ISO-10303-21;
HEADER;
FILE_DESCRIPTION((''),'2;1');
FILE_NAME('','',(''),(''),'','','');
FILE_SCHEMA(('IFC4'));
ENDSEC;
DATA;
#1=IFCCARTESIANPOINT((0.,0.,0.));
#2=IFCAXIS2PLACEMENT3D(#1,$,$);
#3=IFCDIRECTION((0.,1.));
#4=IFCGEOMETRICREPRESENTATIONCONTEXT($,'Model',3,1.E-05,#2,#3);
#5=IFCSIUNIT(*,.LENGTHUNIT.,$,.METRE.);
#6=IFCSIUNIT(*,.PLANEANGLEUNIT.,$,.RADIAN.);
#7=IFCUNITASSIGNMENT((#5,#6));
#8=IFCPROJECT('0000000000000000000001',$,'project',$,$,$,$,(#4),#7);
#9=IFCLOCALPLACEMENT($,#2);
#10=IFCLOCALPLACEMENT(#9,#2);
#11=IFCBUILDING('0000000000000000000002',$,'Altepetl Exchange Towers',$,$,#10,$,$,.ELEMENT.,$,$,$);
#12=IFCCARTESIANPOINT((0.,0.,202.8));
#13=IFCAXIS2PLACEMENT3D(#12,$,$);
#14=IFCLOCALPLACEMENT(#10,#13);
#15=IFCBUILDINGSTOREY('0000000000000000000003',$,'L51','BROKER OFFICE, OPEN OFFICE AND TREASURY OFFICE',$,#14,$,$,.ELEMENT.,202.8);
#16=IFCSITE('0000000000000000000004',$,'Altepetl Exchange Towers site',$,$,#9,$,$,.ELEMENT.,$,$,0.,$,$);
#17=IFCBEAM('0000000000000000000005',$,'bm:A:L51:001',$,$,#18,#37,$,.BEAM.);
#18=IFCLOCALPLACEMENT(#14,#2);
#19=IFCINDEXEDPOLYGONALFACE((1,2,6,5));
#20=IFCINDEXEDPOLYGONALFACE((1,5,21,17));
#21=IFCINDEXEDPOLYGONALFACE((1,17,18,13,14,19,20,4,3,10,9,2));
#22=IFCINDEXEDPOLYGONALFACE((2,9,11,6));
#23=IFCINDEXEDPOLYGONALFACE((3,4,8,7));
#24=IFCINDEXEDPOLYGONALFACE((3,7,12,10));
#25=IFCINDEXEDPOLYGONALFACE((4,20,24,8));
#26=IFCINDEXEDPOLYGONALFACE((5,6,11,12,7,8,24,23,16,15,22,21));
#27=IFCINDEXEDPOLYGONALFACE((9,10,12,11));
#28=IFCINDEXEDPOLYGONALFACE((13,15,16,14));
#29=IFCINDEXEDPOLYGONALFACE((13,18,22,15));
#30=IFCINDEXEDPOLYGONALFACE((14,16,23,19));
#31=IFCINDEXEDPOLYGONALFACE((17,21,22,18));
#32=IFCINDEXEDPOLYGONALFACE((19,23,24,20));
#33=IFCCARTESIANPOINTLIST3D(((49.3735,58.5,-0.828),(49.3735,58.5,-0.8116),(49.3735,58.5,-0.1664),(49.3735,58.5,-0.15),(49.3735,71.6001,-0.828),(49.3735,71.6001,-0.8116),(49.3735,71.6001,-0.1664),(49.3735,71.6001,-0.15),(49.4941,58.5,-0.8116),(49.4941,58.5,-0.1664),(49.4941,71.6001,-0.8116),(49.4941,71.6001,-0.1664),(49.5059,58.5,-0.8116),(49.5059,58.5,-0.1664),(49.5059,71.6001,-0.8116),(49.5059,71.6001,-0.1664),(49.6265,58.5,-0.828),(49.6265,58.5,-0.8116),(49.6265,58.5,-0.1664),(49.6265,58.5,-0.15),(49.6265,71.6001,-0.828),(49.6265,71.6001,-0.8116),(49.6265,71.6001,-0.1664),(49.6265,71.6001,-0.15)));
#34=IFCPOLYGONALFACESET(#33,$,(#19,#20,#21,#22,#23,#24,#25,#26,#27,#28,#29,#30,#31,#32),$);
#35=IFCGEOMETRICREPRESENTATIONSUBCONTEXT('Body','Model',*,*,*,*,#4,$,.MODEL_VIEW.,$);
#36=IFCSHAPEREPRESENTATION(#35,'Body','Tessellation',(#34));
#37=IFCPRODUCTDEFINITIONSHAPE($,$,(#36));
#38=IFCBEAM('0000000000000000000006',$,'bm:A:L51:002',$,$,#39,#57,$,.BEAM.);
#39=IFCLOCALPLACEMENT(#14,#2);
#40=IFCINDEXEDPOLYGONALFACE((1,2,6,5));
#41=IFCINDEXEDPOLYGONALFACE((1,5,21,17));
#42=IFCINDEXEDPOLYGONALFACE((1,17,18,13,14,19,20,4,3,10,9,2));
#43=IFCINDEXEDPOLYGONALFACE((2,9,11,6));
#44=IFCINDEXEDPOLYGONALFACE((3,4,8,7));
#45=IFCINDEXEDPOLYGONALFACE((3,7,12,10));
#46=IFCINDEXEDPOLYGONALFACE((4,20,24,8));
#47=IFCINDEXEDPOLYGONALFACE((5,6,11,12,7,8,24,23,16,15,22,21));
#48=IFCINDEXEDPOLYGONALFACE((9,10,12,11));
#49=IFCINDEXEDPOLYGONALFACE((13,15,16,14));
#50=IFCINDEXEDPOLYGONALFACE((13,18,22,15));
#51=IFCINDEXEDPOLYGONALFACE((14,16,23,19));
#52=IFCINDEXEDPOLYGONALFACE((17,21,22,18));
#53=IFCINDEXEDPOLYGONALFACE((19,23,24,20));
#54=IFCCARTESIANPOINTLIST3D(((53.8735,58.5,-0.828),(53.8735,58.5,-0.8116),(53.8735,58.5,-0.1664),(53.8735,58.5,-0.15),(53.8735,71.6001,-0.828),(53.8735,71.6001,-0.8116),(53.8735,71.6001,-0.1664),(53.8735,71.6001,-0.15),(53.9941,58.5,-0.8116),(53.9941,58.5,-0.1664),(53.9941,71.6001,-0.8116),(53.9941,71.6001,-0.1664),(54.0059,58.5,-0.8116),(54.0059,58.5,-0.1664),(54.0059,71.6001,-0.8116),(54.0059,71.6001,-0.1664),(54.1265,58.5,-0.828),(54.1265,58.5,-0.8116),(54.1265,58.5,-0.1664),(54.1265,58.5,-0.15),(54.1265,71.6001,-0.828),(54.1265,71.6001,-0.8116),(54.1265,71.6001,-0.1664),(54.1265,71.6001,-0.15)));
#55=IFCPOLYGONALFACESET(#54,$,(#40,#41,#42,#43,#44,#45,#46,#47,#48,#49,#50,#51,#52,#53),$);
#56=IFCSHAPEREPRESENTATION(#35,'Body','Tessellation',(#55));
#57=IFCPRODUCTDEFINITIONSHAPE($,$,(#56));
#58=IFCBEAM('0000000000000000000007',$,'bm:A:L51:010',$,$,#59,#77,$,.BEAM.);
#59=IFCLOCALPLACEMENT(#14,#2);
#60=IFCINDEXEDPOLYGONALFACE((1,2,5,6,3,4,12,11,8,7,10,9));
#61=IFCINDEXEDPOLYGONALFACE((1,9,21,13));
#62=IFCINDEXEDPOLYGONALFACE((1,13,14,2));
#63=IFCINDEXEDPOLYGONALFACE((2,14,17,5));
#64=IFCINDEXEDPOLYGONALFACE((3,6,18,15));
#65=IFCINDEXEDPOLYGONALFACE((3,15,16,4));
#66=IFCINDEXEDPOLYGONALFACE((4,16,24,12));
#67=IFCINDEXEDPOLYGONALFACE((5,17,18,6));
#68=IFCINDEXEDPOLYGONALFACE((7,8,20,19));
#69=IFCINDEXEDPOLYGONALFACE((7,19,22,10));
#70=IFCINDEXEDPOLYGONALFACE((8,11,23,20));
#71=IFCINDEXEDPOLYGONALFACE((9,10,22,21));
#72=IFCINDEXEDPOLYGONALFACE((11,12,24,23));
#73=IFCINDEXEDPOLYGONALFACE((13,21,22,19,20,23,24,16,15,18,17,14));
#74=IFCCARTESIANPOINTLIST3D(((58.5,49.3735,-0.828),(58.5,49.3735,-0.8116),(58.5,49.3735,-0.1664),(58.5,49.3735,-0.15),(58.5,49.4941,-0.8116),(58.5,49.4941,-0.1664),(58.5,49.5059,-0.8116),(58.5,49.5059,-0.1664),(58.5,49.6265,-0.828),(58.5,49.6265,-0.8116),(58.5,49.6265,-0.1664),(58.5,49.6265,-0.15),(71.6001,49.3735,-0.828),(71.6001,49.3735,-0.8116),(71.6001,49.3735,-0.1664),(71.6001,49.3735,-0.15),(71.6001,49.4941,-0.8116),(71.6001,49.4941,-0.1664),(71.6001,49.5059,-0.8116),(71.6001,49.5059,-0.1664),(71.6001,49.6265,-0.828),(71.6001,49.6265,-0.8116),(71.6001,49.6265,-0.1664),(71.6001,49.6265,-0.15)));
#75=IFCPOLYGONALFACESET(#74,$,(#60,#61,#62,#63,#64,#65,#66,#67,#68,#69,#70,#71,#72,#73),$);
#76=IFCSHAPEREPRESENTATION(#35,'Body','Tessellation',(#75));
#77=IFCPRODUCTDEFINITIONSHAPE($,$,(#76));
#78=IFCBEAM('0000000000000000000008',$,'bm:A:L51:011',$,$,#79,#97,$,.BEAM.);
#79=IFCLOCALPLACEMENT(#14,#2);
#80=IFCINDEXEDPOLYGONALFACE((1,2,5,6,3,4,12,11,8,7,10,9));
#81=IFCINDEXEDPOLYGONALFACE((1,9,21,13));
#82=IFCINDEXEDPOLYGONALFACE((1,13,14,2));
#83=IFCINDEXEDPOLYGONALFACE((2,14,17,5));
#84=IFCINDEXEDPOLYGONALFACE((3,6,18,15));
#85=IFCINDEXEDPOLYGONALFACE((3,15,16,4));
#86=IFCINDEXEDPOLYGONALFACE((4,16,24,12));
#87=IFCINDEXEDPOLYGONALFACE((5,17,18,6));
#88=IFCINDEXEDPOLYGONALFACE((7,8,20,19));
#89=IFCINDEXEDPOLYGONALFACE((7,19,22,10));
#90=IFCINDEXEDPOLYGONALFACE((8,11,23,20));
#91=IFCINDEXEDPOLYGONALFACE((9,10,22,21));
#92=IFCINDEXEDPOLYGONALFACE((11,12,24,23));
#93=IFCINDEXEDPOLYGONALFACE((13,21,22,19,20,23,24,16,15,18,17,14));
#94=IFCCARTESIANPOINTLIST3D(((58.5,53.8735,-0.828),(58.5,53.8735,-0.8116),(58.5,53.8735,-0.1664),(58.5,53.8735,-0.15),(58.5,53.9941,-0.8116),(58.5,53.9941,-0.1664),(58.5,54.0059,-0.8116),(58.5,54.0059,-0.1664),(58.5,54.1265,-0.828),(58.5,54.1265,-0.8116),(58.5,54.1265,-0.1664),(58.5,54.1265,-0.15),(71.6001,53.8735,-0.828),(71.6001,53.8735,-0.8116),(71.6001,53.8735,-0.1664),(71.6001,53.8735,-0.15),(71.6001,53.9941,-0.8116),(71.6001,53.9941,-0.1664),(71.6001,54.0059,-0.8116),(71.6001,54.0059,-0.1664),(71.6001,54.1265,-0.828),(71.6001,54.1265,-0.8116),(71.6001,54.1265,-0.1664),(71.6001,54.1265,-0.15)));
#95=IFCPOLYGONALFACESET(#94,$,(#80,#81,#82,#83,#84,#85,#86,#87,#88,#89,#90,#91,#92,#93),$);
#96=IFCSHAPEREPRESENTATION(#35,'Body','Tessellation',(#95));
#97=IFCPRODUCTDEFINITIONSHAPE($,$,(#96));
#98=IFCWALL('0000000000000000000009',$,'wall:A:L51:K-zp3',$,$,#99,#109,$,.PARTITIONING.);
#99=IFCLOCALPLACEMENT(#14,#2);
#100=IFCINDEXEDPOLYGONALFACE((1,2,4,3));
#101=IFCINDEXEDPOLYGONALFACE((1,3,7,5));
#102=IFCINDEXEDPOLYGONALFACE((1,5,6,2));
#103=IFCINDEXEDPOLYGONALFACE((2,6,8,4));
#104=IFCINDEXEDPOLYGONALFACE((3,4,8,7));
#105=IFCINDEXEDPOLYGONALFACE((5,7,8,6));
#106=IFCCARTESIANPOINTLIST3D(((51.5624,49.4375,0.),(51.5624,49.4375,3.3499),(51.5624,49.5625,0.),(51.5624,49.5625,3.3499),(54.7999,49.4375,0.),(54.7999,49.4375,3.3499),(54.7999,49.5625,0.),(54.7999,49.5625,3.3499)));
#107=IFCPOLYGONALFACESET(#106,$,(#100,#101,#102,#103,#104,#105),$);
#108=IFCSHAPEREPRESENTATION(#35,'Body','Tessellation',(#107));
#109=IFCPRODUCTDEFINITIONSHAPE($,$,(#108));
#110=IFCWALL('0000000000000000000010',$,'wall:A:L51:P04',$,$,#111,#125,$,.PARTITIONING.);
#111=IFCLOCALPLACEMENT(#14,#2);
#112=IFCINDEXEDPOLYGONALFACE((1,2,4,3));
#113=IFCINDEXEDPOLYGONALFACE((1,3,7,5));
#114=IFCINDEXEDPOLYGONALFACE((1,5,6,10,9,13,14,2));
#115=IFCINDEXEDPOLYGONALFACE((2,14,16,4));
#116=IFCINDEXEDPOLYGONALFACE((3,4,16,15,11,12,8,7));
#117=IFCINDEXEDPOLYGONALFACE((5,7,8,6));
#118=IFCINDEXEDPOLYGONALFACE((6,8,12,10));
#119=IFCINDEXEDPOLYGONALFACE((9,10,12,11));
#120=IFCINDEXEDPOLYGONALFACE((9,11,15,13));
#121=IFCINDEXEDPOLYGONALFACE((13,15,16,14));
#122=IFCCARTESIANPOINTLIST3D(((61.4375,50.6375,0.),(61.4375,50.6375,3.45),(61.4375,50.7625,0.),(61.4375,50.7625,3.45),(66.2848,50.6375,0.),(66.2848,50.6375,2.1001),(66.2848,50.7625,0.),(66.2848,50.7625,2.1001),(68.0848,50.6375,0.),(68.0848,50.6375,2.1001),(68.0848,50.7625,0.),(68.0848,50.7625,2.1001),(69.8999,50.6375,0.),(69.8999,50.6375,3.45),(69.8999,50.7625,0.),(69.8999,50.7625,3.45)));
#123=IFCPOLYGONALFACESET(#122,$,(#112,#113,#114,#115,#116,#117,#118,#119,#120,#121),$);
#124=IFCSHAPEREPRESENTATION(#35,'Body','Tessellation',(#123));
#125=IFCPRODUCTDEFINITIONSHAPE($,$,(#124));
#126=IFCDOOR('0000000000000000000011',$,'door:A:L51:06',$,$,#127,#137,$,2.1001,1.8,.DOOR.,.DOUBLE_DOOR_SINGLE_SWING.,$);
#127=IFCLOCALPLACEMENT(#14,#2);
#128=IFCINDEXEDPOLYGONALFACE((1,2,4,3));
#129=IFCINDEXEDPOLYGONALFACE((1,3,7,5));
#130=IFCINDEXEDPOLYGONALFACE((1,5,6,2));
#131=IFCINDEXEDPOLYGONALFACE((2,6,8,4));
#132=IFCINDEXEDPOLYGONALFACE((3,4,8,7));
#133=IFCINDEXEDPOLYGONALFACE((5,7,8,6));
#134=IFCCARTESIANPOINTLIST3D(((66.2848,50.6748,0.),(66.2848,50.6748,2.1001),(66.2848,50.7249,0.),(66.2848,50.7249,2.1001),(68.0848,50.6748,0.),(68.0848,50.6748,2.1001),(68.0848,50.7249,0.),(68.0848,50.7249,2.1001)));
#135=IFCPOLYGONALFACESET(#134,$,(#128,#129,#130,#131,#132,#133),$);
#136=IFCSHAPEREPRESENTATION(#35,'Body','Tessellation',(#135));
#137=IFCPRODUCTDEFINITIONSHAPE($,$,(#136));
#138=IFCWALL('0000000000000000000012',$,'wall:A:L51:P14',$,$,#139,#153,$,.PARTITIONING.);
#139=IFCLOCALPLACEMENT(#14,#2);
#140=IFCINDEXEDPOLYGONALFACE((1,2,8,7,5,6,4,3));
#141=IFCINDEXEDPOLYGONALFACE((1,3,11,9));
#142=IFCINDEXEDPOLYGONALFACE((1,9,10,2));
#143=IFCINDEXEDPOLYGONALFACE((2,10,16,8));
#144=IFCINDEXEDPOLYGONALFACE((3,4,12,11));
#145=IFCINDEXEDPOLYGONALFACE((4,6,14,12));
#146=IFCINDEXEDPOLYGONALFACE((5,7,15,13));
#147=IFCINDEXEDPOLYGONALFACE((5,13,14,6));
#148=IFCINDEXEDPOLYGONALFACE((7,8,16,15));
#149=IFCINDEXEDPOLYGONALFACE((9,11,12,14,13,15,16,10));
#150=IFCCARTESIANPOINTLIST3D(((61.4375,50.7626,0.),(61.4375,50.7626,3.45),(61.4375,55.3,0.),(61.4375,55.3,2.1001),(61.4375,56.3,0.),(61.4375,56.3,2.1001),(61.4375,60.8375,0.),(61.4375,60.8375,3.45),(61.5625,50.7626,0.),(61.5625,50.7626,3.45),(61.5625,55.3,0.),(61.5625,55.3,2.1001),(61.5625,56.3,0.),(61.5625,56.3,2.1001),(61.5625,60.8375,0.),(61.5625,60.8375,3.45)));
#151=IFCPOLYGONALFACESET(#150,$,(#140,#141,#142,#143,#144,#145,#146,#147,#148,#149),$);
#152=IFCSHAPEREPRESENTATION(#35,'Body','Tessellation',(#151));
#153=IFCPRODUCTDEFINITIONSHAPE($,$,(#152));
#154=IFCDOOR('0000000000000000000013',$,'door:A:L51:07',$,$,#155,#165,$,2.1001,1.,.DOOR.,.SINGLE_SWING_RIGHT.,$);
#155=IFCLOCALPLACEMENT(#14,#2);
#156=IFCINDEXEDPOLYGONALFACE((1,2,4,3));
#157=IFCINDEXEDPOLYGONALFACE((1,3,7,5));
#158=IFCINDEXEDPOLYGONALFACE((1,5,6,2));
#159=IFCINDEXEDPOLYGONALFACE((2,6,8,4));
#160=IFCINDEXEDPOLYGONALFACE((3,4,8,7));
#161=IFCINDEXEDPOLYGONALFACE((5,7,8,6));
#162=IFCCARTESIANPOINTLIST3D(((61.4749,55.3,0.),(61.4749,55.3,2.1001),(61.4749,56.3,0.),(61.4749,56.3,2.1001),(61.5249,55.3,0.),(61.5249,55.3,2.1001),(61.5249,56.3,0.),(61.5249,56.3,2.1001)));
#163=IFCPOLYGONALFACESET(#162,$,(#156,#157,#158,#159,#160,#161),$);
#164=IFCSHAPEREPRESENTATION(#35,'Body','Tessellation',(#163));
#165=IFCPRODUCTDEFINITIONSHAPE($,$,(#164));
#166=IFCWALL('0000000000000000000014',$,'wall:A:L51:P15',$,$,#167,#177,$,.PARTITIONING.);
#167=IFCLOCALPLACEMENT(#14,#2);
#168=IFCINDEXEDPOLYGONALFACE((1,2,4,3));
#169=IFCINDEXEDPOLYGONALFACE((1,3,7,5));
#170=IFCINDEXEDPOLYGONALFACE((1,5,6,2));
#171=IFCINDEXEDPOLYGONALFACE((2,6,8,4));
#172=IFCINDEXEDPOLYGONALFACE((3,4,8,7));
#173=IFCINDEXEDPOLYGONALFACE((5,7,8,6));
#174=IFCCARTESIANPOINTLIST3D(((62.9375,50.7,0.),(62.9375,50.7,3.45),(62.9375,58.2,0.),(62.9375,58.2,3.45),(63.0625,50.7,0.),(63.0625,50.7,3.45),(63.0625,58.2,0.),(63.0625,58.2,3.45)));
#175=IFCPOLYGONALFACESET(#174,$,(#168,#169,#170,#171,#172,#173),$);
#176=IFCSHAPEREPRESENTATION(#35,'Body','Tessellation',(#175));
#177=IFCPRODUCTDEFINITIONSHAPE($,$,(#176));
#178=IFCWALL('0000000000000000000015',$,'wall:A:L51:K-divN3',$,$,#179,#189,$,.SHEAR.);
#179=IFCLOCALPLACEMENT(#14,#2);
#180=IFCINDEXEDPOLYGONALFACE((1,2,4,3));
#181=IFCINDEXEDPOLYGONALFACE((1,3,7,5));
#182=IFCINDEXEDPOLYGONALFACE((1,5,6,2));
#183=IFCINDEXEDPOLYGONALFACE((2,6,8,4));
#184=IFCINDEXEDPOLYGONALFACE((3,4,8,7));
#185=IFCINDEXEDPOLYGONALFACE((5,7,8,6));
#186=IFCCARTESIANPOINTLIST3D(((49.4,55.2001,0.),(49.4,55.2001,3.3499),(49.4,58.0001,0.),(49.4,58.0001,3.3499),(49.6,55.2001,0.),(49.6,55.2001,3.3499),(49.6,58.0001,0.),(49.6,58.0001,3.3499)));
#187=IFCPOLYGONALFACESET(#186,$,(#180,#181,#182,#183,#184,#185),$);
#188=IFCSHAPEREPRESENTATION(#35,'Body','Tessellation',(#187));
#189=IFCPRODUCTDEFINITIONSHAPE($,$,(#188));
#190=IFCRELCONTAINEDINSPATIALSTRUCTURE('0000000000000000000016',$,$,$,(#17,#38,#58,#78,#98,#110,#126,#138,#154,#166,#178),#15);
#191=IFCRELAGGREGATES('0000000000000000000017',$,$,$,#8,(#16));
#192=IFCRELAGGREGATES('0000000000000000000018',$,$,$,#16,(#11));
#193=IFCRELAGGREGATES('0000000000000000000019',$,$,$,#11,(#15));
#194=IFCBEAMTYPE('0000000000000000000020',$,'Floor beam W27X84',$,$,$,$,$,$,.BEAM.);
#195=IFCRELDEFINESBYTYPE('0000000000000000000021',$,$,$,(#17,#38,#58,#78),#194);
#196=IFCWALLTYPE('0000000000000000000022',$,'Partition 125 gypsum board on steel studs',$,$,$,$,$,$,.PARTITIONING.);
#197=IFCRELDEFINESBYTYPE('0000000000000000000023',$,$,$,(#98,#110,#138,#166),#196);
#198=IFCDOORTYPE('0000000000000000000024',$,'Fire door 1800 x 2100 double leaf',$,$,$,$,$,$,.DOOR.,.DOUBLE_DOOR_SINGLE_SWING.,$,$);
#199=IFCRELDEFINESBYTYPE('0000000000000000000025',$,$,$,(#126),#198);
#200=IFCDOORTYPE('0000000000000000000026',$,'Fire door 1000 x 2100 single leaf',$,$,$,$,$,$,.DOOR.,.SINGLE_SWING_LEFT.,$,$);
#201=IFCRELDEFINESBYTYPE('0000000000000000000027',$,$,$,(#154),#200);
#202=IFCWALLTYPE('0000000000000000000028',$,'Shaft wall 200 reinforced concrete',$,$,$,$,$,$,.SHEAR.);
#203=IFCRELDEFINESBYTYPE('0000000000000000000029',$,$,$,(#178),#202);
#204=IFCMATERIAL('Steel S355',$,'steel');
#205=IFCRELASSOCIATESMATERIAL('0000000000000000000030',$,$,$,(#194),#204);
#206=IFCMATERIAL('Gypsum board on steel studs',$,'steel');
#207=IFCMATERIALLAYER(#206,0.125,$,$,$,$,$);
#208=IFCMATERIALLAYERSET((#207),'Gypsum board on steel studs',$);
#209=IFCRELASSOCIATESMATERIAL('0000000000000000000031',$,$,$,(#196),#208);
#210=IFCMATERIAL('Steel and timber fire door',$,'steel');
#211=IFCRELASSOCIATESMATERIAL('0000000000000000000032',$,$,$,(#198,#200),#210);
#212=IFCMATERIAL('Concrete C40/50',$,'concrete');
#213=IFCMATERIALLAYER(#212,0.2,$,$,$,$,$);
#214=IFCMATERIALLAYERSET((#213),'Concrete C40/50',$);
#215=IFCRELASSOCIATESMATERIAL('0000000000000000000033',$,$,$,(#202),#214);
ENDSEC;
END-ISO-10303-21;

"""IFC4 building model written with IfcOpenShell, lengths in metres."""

from ifc_helpers import new_model, si_unit, direction, frame, frame_2d, origin, origin_2d, place, context, subcontext, project, spatial, rectangle, i_section, extrude, material, layer, layer_set, material_profile, profile_set, type_object, element, fill, save


model = new_model("IFC4")

# Units and contexts
model_context = context("Model", 3, precision=1e-05, world=origin(), true_north=direction((0.0, 1.0)))
body_context = subcontext(model_context, "Body", "Model", "MODEL_VIEW")
ifc_project = project(units=[si_unit("LENGTHUNIT", "METRE"), si_unit("PLANEANGLEUNIT", "RADIAN")], contexts=[model_context])

# Site, building, storey
site_placement = place(None, origin())
site = spatial("IfcSite", under=ifc_project, at=site_placement, Name="Altepetl Exchange Towers site", CompositionType="ELEMENT", RefElevation=0.0)
building_placement = place(site_placement, origin())
building = spatial("IfcBuilding", under=site, at=building_placement, Name="Altepetl Exchange Towers", CompositionType="ELEMENT")
storey_placement = place(building_placement, frame((0.0, 0.0, 202.8)))
storey = spatial("IfcBuildingStorey", under=building, at=storey_placement, Name="L51", Description="BROKER OFFICE, OPEN OFFICE AND TREASURY OFFICE", CompositionType="ELEMENT", Elevation=202.8)

# Beams
ifc_material_1 = material(Name="Steel S355", Category="steel")
ifc_material_profile = material_profile(ifc_material_1, i_section(OverallWidth=0.2529, OverallDepth=0.678, WebThickness=0.0117, FlangeThickness=0.0164, at=origin_2d()), Name="W27X84")
ifc_profile_set = profile_set([ifc_material_profile], Name="Steel S355")
beam_type = type_object("IfcBeamType", Name="Floor beam W27X84", PredefinedType="BEAM", material=ifc_profile_set)
for number, where, z_axis, x_axis, name in (
    (1, (49.5, 58.5, -0.489), (0.0, 1.0, 0.0), (-1.0, 0.0, 0.0), "bm:A:L51:001"),
    (2, (54.0, 58.5, -0.489), (0.0, 1.0, 0.0), (-1.0, 0.0, 0.0), "bm:A:L51:002"),
    (3, (58.5, 49.5, -0.489), (1.0, 0.0, 0.0), (0.0, 1.0, 0.0), "bm:A:L51:010"),
    (4, (58.5, 54.0, -0.489), (1.0, 0.0, 0.0), (0.0, 1.0, 0.0), "bm:A:L51:011"),
):
    element("IfcBeam", number, at=place(storey_placement, frame(where, z_axis=z_axis, x_axis=x_axis)), inside=storey, type_object=beam_type, Name=name, PredefinedType="BEAM", context=body_context, shape_type="SweptSolid", body=[
        extrude(i_section(OverallWidth=0.2529, OverallDepth=0.678, WebThickness=0.0117, FlangeThickness=0.0164, at=origin_2d()), origin(), (0.0, 0.0, 1.0), 13.1001),
    ])

# Wall
ifc_material_2 = material(Name="Gypsum board on steel studs", Category="steel")
ifc_layer_1 = layer(ifc_material_2, 0.125)
ifc_layer_set_1 = layer_set([ifc_layer_1], Name="Gypsum board on steel studs")
wall_type_1 = type_object("IfcWallType", Name="Partition 125 gypsum board on steel studs", PredefinedType="PARTITIONING", material=ifc_layer_set_1)
wall_1_placement = place(storey_placement, frame((51.5625, 49.5, 0.0)))
element("IfcWall", 5, at=wall_1_placement, inside=storey, type_object=wall_type_1, Name="wall:A:L51:K-zp3", PredefinedType="PARTITIONING", context=body_context, shape_type="SweptSolid", body=[
    extrude(rectangle(XDim=3.2375, YDim=0.125, at=frame_2d((1.6187, 0.0))), origin(), (0.0, 0.0, 1.0), 3.3499),
])

# Walls, openings, doors
wall_2_placement = place(storey_placement, frame((61.4375, 50.7, 0.0)))
wall_2 = element("IfcWall", 6, at=wall_2_placement, inside=storey, type_object=wall_type_1, Name="wall:A:L51:P04", PredefinedType="PARTITIONING", context=body_context, shape_type="SweptSolid", body=[
    extrude(rectangle(XDim=8.4624, YDim=0.125, at=frame_2d((4.2312, 0.0))), origin(), (0.0, 0.0, 1.0), 3.45),
])
opening_1_placement = place(wall_2_placement, frame((4.8474, 0.0, 0.0)))
opening_1 = element("IfcOpeningElement", 7, at=opening_1_placement, cuts=wall_2, PredefinedType="OPENING", context=body_context, shape_type="SweptSolid", body=[
    extrude(rectangle(XDim=1.8, YDim=2.1001, at=frame_2d((0.8999, 1.05))), frame((0.0, 0.0725, 0.0), z_axis=(0.0, -1.0, 0.0), x_axis=(1.0, 0.0, 0.0)), (0.0, 0.0, 1.0), 0.145),
])
ifc_material_3 = material(Name="Steel and timber fire door", Category="steel")
door_type_1 = type_object("IfcDoorType", Name="Fire door 1800 x 2100 double leaf", OperationType="DOUBLE_DOOR_SINGLE_SWING", PredefinedType="DOOR", material=ifc_material_3)
door_1_placement = place(opening_1_placement, origin())
door_1 = element("IfcDoor", 8, at=door_1_placement, inside=storey, type_object=door_type_1, Name="door:A:L51:06", OperationType="DOUBLE_DOOR_SINGLE_SWING", OverallHeight=2.1001, OverallWidth=1.8, PredefinedType="DOOR", context=body_context, shape_type="SweptSolid", body=[
    extrude(rectangle(XDim=1.8, YDim=2.1001, at=frame_2d((0.8999, 1.05))), frame((0.0, 0.0249, 0.0), z_axis=(0.0, -1.0, 0.0), x_axis=(1.0, 0.0, 0.0)), (0.0, 0.0, 1.0), 0.05),
])
fill(opening_1, door_1)
wall_3_placement = place(storey_placement, frame((61.5, 50.7625, 0.0), z_axis=(0.0, 0.0, 1.0), x_axis=(0.0, 1.0, 0.0)))
wall_3 = element("IfcWall", 9, at=wall_3_placement, inside=storey, type_object=wall_type_1, Name="wall:A:L51:P14", PredefinedType="PARTITIONING", context=body_context, shape_type="SweptSolid", body=[
    extrude(rectangle(XDim=10.075, YDim=0.125, at=frame_2d((5.0376, 0.0))), origin(), (0.0, 0.0, 1.0), 3.45),
])
opening_2_placement = place(wall_3_placement, frame((4.5376, 0.0, 0.0)))
opening_2 = element("IfcOpeningElement", 10, at=opening_2_placement, cuts=wall_3, PredefinedType="OPENING", context=body_context, shape_type="SweptSolid", body=[
    extrude(rectangle(XDim=1.0, YDim=2.1001, at=frame_2d((0.5, 1.05))), frame((0.0, 0.0725, 0.0), z_axis=(0.0, -1.0, 0.0), x_axis=(1.0, 0.0, 0.0)), (0.0, 0.0, 1.0), 0.145),
])
door_type_2 = type_object("IfcDoorType", Name="Fire door 1000 x 2100 single leaf", OperationType="SINGLE_SWING_LEFT", PredefinedType="DOOR", material=ifc_material_3)
door_2_placement = place(opening_2_placement, frame((1.0, 0.0, 0.0), x_axis=(-1.0, 0.0, 0.0)))
door_2 = element("IfcDoor", 11, at=door_2_placement, inside=storey, type_object=door_type_2, Name="door:A:L51:07", OperationType="SINGLE_SWING_RIGHT", OverallHeight=2.1001, OverallWidth=1.0, PredefinedType="DOOR", context=body_context, shape_type="SweptSolid", body=[
    extrude(rectangle(XDim=1.0, YDim=2.1001, at=frame_2d((0.5, 1.05))), frame((0.0, 0.0249, 0.0), z_axis=(0.0, -1.0, 0.0), x_axis=(1.0, 0.0, 0.0)), (0.0, 0.0, 1.0), 0.05),
])
fill(opening_2, door_2)

# Walls
wall_4_placement = place(storey_placement, frame((63.0, 50.7, 0.0), z_axis=(0.0, 0.0, 1.0), x_axis=(0.0, 1.0, 0.0)))
element("IfcWall", 12, at=wall_4_placement, inside=storey, type_object=wall_type_1, Name="wall:A:L51:P15", PredefinedType="PARTITIONING", context=body_context, shape_type="SweptSolid", body=[
    extrude(rectangle(XDim=7.5, YDim=0.125, at=frame_2d((3.75, 0.0))), origin(), (0.0, 0.0, 1.0), 3.45),
])
ifc_material_4 = material(Name="Concrete C40/50", Category="concrete")
ifc_layer_2 = layer(ifc_material_4, 0.2)
ifc_layer_set_2 = layer_set([ifc_layer_2], Name="Concrete C40/50")
wall_type_2 = type_object("IfcWallType", Name="Shaft wall 200 reinforced concrete", PredefinedType="SHEAR", material=ifc_layer_set_2)
for number, where, z_axis, x_axis, name in (
    (13, (49.5, 58.0, 0.0), (0.0, 0.0, 1.0), (0.0, -1.0, 0.0), "wall:A:L51:K-divN3"),
):
    element("IfcWall", number, at=place(storey_placement, frame(where, z_axis=z_axis, x_axis=x_axis)), inside=storey, type_object=wall_type_2, Name=name, PredefinedType="SHEAR", context=body_context, shape_type="SweptSolid", body=[
        extrude(rectangle(XDim=2.8, YDim=0.2, at=frame_2d((1.3999, 0.0))), origin(), (0.0, 0.0, 1.0), 3.3499),
    ])

save(model, "model.ifc")
